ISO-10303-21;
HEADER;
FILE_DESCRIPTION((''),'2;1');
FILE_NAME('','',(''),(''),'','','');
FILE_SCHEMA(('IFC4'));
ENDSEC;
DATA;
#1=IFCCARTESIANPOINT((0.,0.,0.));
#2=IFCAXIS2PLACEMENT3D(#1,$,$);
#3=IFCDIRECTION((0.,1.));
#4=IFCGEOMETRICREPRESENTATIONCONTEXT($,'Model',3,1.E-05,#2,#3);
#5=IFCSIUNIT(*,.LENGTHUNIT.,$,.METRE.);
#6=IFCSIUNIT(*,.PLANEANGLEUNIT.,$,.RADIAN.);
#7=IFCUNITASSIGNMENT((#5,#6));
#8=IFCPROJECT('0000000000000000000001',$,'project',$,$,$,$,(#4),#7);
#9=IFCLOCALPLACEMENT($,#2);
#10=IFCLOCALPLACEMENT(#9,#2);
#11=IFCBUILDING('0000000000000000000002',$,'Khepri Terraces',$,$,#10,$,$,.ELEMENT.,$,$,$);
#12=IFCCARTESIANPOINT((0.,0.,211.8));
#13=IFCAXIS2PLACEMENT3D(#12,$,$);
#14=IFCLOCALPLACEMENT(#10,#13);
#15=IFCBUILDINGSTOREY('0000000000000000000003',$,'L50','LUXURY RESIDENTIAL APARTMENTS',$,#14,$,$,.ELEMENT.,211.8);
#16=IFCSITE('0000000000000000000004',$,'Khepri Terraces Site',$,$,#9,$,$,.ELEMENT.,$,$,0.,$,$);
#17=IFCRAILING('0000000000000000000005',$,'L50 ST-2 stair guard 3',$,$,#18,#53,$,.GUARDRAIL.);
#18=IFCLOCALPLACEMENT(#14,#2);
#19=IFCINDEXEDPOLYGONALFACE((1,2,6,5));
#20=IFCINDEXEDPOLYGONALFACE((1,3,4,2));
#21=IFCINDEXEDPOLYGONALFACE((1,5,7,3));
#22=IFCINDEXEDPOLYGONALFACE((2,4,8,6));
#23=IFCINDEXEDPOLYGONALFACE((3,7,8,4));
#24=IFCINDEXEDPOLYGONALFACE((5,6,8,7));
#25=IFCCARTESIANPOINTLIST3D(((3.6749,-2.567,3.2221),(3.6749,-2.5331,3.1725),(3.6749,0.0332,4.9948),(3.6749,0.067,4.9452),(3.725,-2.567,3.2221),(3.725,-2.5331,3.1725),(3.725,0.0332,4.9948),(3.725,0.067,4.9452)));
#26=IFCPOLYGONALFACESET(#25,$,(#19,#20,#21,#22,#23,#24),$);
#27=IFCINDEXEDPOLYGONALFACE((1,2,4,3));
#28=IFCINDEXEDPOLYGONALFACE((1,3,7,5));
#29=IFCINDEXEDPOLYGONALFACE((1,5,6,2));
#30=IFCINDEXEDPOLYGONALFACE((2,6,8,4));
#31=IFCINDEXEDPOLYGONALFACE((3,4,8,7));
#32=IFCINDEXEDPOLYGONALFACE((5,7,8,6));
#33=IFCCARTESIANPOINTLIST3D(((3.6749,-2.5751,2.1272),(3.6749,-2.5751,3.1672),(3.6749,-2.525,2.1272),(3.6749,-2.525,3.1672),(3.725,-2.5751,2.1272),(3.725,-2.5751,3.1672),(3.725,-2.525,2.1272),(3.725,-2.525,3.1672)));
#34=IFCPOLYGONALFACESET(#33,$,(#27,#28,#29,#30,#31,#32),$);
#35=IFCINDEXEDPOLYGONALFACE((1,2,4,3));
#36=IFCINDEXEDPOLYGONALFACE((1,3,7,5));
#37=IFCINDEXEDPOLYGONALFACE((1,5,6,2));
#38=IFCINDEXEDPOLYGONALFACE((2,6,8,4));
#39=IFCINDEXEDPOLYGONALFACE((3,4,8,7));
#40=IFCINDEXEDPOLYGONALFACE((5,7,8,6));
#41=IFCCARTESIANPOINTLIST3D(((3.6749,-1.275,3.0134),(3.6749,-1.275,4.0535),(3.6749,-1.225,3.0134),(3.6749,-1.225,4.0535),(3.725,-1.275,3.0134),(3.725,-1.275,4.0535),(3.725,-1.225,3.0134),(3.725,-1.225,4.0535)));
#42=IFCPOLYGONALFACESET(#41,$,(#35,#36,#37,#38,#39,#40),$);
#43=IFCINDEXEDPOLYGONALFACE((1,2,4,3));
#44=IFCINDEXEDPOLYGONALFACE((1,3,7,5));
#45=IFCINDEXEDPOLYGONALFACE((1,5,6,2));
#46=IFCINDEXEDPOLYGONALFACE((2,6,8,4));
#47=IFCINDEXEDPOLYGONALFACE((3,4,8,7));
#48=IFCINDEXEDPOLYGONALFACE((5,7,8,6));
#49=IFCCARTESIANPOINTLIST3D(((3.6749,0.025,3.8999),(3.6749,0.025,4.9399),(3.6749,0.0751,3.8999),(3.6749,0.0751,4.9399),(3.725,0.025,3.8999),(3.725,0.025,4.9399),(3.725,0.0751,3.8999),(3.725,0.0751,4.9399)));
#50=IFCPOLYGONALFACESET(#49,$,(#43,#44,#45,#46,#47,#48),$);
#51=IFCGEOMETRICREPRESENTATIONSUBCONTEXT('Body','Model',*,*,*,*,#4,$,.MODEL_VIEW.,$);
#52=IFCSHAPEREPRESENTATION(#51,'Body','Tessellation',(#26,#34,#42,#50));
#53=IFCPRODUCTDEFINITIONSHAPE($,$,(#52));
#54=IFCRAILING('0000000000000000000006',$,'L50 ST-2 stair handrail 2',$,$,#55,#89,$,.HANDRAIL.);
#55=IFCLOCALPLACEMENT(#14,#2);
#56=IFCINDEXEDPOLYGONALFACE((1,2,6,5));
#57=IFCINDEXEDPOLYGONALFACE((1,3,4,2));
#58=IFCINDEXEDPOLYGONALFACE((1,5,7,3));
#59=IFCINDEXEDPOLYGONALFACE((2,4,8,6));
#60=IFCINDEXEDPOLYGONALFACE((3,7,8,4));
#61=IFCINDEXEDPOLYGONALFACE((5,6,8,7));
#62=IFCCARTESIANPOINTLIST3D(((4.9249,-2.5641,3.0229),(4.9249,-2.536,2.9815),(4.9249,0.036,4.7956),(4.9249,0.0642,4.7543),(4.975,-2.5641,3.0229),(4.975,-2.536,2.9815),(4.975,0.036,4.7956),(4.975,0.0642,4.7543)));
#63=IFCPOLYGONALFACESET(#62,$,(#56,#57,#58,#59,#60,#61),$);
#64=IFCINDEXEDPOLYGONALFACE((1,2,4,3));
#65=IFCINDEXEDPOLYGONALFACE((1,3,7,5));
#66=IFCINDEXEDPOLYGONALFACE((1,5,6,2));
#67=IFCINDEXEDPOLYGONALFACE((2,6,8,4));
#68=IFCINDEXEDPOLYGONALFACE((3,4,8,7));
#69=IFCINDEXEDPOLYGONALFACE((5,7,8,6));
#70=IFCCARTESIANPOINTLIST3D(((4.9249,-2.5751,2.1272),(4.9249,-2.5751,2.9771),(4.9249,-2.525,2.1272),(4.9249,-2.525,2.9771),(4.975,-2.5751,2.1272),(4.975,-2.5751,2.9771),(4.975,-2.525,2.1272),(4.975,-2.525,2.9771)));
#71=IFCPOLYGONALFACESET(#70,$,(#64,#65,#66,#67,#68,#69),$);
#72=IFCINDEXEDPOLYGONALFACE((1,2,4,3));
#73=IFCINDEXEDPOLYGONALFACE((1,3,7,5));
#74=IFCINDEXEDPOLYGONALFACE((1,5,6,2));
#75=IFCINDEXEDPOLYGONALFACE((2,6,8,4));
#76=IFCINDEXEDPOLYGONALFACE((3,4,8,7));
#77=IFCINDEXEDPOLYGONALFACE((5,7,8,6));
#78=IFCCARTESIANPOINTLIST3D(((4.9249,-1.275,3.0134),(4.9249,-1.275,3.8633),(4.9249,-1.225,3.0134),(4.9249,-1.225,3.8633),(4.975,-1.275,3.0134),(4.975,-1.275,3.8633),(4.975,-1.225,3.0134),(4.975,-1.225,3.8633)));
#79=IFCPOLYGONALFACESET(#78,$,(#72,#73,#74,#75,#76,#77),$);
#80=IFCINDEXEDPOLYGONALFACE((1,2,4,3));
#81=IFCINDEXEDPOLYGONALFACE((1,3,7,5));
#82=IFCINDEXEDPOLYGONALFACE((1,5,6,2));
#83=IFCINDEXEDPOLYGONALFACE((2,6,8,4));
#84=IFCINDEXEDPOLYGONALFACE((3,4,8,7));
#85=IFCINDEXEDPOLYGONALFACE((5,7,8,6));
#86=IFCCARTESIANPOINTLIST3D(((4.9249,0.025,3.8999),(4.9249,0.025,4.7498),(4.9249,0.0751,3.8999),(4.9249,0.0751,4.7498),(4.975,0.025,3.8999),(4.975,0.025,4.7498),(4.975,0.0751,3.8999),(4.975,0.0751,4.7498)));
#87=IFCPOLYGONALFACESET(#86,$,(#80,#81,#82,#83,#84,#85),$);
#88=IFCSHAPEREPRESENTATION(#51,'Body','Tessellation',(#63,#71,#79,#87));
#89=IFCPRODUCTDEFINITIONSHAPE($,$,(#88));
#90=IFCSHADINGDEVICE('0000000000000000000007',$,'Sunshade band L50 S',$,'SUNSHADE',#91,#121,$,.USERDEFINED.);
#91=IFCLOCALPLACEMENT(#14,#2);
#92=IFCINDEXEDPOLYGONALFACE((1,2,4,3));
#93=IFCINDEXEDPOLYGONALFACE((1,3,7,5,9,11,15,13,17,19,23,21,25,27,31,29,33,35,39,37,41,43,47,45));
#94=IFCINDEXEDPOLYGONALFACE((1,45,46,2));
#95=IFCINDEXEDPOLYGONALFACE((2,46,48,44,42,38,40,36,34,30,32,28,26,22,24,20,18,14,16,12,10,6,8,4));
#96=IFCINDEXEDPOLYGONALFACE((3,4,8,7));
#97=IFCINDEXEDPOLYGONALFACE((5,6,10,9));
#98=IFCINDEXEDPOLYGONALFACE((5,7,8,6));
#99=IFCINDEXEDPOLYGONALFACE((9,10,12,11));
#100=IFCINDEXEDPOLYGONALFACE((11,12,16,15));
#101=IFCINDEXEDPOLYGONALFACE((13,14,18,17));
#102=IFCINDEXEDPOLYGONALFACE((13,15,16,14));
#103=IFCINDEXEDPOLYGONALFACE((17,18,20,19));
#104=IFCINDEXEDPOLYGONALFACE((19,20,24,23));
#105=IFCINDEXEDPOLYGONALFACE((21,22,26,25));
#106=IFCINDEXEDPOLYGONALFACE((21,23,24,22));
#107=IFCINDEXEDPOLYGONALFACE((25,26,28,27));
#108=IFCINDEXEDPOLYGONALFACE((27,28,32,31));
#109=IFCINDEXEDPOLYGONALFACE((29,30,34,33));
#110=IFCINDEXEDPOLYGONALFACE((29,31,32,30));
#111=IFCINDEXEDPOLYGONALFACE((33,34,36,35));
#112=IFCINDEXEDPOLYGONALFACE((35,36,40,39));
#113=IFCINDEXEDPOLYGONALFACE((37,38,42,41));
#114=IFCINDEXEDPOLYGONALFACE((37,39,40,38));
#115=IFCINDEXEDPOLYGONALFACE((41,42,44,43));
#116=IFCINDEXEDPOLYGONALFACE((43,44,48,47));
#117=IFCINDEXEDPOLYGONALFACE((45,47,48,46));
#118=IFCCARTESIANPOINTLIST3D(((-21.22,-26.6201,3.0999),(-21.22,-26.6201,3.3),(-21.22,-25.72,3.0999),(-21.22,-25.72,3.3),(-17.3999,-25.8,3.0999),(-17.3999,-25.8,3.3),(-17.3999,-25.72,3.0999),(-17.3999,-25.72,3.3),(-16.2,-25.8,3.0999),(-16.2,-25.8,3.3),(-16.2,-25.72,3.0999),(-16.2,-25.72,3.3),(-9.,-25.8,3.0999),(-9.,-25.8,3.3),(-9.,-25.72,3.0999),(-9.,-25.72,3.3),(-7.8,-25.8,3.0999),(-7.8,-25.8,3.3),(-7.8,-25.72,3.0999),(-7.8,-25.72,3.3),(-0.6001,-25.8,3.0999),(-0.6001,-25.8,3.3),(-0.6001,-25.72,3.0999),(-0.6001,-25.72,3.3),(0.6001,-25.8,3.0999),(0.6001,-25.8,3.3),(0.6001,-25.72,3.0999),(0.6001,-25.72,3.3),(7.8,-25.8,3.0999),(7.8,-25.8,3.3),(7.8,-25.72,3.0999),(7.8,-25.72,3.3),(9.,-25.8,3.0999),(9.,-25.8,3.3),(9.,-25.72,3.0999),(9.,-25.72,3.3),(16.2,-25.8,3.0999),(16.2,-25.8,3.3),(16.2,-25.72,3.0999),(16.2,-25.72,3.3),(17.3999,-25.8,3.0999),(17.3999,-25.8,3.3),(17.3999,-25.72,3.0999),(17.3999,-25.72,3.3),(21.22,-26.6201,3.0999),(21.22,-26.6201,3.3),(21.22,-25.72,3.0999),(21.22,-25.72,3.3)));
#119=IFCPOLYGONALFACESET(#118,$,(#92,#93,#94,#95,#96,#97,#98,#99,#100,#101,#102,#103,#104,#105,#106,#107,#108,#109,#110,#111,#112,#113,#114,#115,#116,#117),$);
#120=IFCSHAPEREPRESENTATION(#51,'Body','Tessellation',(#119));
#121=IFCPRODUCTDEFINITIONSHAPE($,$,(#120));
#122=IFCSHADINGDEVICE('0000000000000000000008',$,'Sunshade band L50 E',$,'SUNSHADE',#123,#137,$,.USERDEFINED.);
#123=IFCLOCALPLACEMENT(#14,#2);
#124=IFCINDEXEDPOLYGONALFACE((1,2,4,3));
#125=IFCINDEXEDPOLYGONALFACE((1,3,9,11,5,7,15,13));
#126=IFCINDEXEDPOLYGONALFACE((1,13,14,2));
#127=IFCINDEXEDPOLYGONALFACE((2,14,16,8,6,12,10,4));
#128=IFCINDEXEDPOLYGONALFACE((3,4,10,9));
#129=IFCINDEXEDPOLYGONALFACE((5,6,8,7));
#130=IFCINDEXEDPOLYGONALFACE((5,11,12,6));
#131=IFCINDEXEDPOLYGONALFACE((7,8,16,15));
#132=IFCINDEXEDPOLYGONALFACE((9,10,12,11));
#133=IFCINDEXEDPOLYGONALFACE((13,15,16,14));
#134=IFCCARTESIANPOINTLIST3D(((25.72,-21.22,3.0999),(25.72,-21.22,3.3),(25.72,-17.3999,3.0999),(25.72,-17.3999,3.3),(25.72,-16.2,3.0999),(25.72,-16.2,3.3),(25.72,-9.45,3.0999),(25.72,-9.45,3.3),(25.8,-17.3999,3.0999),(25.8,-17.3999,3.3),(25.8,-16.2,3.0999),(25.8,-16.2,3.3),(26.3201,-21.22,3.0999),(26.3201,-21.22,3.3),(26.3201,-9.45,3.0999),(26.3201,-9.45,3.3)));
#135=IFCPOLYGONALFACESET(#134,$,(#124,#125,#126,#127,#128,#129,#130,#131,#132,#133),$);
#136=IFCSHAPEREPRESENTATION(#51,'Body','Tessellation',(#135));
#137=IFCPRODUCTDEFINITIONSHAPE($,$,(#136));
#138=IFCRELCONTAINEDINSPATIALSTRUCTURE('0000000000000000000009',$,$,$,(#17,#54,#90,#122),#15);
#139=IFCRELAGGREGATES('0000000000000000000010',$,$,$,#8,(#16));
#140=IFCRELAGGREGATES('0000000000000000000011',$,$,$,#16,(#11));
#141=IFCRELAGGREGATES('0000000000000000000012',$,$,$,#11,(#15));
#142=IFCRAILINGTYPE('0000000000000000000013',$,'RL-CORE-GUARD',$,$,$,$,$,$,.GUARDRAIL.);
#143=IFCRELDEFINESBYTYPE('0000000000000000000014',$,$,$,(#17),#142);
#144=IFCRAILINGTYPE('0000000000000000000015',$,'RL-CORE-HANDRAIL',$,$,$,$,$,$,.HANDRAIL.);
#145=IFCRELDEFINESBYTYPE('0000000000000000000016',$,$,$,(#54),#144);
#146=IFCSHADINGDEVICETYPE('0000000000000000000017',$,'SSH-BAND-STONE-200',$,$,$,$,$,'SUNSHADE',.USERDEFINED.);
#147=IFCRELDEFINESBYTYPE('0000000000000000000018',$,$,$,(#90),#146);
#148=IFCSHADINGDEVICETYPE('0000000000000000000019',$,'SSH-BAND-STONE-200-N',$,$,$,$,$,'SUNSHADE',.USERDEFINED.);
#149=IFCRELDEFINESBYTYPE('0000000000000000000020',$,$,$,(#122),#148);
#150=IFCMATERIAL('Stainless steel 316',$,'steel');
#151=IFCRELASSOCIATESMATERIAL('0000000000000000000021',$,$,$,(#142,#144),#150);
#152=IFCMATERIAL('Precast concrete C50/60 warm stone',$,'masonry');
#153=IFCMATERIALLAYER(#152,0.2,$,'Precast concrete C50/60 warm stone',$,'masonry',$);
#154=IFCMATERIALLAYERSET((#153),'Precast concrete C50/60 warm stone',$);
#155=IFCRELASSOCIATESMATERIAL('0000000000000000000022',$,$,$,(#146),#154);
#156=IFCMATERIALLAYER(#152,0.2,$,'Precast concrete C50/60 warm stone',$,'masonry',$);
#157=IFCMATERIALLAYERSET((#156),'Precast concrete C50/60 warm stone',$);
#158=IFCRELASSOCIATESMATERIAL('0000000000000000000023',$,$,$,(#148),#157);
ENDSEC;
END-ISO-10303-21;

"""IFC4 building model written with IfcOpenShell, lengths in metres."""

from ifc_helpers import new_model, si_unit, direction, frame, origin, origin_2d, place, context, subcontext, project, spatial, polyline, rectangle, outline, extrude, material, layer, layer_set, type_object, element, save


model = new_model("IFC4")

# Units and contexts
model_context = context("Model", 3, precision=1e-05, world=origin(), true_north=direction((0.0, 1.0)))
body_context = subcontext(model_context, "Body", "Model", "MODEL_VIEW")
ifc_project = project(units=[si_unit("LENGTHUNIT", "METRE"), si_unit("PLANEANGLEUNIT", "RADIAN")], contexts=[model_context])

# Site, building, storey
site_placement = place(None, origin())
site = spatial("IfcSite", under=ifc_project, at=site_placement, Name="Khepri Terraces Site", CompositionType="ELEMENT", RefElevation=0.0)
building_placement = place(site_placement, origin())
building = spatial("IfcBuilding", under=site, at=building_placement, Name="Khepri Terraces", CompositionType="ELEMENT")
storey_placement = place(building_placement, frame((0.0, 0.0, 211.8)))
storey = spatial("IfcBuildingStorey", under=building, at=storey_placement, Name="L50", Description="LUXURY RESIDENTIAL APARTMENTS", CompositionType="ELEMENT", Elevation=211.8)

# Shared definitions
ifc_material_1 = material(Name="Precast concrete C50/60 warm stone", Category="masonry")

# Railings
ifc_material_2 = material(Name="Stainless steel 316", Category="steel")
railing_type_1 = type_object("IfcRailingType", Name="RL-CORE-GUARD", PredefinedType="GUARDRAIL", material=ifc_material_2)
railing_1_placement = place(storey_placement, frame((3.7, -2.55, 2.1272)))
element("IfcRailing", 1, at=railing_1_placement, inside=storey, type_object=railing_type_1, Name="L50 ST-2 stair guard 3", PredefinedType="GUARDRAIL", context=body_context, shape_type="SweptSolid", body=[
    extrude(rectangle(XDim=0.05, YDim=0.0601, at=origin_2d()), frame((0.0, 0.0, 1.0701), z_axis=(0.0, 0.82624, 0.563318), x_axis=(-1.0, 0.0, 0.0)), (0.0, 0.0, 1.0), 3.147),
    extrude(rectangle(XDim=0.05, YDim=0.05, at=origin_2d()), origin(), (0.0, 0.0, 1.0), 1.04),
    extrude(rectangle(XDim=0.05, YDim=0.05, at=origin_2d()), frame((0.0, 1.3, 0.8862)), (0.0, 0.0, 1.0), 1.04),
    extrude(rectangle(XDim=0.05, YDim=0.05, at=origin_2d()), frame((0.0, 2.6001, 1.7727)), (0.0, 0.0, 1.0), 1.04),
])
railing_type_2 = type_object("IfcRailingType", Name="RL-CORE-HANDRAIL", PredefinedType="HANDRAIL", material=ifc_material_2)
railing_2_placement = place(storey_placement, frame((4.95, -2.55, 2.1272)))
element("IfcRailing", 2, at=railing_2_placement, inside=storey, type_object=railing_type_2, Name="L50 ST-2 stair handrail 2", PredefinedType="HANDRAIL", context=body_context, shape_type="SweptSolid", body=[
    extrude(rectangle(XDim=0.05, YDim=0.05, at=origin_2d()), frame((0.0, 0.0, 0.875), z_axis=(0.0, 0.82624, 0.563318), x_axis=(-1.0, 0.0, 0.0)), (0.0, 0.0, 1.0), 3.147),
    extrude(rectangle(XDim=0.05, YDim=0.05, at=origin_2d()), origin(), (0.0, 0.0, 1.0), 0.8499),
    extrude(rectangle(XDim=0.05, YDim=0.05, at=origin_2d()), frame((0.0, 1.3, 0.8862)), (0.0, 0.0, 1.0), 0.8499),
    extrude(rectangle(XDim=0.05, YDim=0.05, at=origin_2d()), frame((0.0, 2.6001, 1.7727)), (0.0, 0.0, 1.0), 0.8499),
])

# Shading devices
ifc_layer_1 = layer(ifc_material_1, 0.2, Name="Precast concrete C50/60 warm stone", Category="masonry")
ifc_layer_set_1 = layer_set([ifc_layer_1], Name="Precast concrete C50/60 warm stone")
shading_device_type_1 = type_object("IfcShadingDeviceType", Name="SSH-BAND-STONE-200", ElementType="SUNSHADE", PredefinedType="USERDEFINED", material=ifc_layer_set_1)
shading_device_1_placement = place(storey_placement, frame((0.0, 0.0, 3.0999)))
element("IfcShadingDevice", 3, at=shading_device_1_placement, inside=storey, type_object=shading_device_type_1, Name="Sunshade band L50 S", ObjectType="SUNSHADE", PredefinedType="USERDEFINED", context=body_context, shape_type="SweptSolid", body=[
    extrude(outline(polyline([(-17.3999, -25.72), (-21.22, -25.72), (-21.22, -26.6201), (21.22, -26.6201), (21.22, -25.72), (17.3999, -25.72), (17.3999, -25.8), (16.2, -25.8), (16.2, -25.72), (9.0, -25.72), (9.0, -25.8), (7.8, -25.8), (7.8, -25.72), (0.6001, -25.72), (0.6001, -25.8), (-0.6001, -25.8), (-0.6001, -25.72), (-7.8, -25.72), (-7.8, -25.8), (-9.0, -25.8), (-9.0, -25.72), (-16.2, -25.72), (-16.2, -25.8), (-17.3999, -25.8), (-17.3999, -25.72)])), origin(), (0.0, 0.0, 1.0), 0.2002),
])
ifc_layer_2 = layer(ifc_material_1, 0.2, Name="Precast concrete C50/60 warm stone", Category="masonry")
ifc_layer_set_2 = layer_set([ifc_layer_2], Name="Precast concrete C50/60 warm stone")
shading_device_type_2 = type_object("IfcShadingDeviceType", Name="SSH-BAND-STONE-200-N", ElementType="SUNSHADE", PredefinedType="USERDEFINED", material=ifc_layer_set_2)
shading_device_2_placement = place(storey_placement, frame((0.0, 0.0, 3.0999)))
element("IfcShadingDevice", 4, at=shading_device_2_placement, inside=storey, type_object=shading_device_type_2, Name="Sunshade band L50 E", ObjectType="SUNSHADE", PredefinedType="USERDEFINED", context=body_context, shape_type="SweptSolid", body=[
    extrude(outline(polyline([(25.72, -17.3999), (25.72, -21.22), (26.3201, -21.22), (26.3201, -9.45), (25.72, -9.45), (25.72, -16.2), (25.8, -16.2), (25.8, -17.3999), (25.72, -17.3999)])), origin(), (0.0, 0.0, 1.0), 0.2002),
])

save(model, "model.ifc")
